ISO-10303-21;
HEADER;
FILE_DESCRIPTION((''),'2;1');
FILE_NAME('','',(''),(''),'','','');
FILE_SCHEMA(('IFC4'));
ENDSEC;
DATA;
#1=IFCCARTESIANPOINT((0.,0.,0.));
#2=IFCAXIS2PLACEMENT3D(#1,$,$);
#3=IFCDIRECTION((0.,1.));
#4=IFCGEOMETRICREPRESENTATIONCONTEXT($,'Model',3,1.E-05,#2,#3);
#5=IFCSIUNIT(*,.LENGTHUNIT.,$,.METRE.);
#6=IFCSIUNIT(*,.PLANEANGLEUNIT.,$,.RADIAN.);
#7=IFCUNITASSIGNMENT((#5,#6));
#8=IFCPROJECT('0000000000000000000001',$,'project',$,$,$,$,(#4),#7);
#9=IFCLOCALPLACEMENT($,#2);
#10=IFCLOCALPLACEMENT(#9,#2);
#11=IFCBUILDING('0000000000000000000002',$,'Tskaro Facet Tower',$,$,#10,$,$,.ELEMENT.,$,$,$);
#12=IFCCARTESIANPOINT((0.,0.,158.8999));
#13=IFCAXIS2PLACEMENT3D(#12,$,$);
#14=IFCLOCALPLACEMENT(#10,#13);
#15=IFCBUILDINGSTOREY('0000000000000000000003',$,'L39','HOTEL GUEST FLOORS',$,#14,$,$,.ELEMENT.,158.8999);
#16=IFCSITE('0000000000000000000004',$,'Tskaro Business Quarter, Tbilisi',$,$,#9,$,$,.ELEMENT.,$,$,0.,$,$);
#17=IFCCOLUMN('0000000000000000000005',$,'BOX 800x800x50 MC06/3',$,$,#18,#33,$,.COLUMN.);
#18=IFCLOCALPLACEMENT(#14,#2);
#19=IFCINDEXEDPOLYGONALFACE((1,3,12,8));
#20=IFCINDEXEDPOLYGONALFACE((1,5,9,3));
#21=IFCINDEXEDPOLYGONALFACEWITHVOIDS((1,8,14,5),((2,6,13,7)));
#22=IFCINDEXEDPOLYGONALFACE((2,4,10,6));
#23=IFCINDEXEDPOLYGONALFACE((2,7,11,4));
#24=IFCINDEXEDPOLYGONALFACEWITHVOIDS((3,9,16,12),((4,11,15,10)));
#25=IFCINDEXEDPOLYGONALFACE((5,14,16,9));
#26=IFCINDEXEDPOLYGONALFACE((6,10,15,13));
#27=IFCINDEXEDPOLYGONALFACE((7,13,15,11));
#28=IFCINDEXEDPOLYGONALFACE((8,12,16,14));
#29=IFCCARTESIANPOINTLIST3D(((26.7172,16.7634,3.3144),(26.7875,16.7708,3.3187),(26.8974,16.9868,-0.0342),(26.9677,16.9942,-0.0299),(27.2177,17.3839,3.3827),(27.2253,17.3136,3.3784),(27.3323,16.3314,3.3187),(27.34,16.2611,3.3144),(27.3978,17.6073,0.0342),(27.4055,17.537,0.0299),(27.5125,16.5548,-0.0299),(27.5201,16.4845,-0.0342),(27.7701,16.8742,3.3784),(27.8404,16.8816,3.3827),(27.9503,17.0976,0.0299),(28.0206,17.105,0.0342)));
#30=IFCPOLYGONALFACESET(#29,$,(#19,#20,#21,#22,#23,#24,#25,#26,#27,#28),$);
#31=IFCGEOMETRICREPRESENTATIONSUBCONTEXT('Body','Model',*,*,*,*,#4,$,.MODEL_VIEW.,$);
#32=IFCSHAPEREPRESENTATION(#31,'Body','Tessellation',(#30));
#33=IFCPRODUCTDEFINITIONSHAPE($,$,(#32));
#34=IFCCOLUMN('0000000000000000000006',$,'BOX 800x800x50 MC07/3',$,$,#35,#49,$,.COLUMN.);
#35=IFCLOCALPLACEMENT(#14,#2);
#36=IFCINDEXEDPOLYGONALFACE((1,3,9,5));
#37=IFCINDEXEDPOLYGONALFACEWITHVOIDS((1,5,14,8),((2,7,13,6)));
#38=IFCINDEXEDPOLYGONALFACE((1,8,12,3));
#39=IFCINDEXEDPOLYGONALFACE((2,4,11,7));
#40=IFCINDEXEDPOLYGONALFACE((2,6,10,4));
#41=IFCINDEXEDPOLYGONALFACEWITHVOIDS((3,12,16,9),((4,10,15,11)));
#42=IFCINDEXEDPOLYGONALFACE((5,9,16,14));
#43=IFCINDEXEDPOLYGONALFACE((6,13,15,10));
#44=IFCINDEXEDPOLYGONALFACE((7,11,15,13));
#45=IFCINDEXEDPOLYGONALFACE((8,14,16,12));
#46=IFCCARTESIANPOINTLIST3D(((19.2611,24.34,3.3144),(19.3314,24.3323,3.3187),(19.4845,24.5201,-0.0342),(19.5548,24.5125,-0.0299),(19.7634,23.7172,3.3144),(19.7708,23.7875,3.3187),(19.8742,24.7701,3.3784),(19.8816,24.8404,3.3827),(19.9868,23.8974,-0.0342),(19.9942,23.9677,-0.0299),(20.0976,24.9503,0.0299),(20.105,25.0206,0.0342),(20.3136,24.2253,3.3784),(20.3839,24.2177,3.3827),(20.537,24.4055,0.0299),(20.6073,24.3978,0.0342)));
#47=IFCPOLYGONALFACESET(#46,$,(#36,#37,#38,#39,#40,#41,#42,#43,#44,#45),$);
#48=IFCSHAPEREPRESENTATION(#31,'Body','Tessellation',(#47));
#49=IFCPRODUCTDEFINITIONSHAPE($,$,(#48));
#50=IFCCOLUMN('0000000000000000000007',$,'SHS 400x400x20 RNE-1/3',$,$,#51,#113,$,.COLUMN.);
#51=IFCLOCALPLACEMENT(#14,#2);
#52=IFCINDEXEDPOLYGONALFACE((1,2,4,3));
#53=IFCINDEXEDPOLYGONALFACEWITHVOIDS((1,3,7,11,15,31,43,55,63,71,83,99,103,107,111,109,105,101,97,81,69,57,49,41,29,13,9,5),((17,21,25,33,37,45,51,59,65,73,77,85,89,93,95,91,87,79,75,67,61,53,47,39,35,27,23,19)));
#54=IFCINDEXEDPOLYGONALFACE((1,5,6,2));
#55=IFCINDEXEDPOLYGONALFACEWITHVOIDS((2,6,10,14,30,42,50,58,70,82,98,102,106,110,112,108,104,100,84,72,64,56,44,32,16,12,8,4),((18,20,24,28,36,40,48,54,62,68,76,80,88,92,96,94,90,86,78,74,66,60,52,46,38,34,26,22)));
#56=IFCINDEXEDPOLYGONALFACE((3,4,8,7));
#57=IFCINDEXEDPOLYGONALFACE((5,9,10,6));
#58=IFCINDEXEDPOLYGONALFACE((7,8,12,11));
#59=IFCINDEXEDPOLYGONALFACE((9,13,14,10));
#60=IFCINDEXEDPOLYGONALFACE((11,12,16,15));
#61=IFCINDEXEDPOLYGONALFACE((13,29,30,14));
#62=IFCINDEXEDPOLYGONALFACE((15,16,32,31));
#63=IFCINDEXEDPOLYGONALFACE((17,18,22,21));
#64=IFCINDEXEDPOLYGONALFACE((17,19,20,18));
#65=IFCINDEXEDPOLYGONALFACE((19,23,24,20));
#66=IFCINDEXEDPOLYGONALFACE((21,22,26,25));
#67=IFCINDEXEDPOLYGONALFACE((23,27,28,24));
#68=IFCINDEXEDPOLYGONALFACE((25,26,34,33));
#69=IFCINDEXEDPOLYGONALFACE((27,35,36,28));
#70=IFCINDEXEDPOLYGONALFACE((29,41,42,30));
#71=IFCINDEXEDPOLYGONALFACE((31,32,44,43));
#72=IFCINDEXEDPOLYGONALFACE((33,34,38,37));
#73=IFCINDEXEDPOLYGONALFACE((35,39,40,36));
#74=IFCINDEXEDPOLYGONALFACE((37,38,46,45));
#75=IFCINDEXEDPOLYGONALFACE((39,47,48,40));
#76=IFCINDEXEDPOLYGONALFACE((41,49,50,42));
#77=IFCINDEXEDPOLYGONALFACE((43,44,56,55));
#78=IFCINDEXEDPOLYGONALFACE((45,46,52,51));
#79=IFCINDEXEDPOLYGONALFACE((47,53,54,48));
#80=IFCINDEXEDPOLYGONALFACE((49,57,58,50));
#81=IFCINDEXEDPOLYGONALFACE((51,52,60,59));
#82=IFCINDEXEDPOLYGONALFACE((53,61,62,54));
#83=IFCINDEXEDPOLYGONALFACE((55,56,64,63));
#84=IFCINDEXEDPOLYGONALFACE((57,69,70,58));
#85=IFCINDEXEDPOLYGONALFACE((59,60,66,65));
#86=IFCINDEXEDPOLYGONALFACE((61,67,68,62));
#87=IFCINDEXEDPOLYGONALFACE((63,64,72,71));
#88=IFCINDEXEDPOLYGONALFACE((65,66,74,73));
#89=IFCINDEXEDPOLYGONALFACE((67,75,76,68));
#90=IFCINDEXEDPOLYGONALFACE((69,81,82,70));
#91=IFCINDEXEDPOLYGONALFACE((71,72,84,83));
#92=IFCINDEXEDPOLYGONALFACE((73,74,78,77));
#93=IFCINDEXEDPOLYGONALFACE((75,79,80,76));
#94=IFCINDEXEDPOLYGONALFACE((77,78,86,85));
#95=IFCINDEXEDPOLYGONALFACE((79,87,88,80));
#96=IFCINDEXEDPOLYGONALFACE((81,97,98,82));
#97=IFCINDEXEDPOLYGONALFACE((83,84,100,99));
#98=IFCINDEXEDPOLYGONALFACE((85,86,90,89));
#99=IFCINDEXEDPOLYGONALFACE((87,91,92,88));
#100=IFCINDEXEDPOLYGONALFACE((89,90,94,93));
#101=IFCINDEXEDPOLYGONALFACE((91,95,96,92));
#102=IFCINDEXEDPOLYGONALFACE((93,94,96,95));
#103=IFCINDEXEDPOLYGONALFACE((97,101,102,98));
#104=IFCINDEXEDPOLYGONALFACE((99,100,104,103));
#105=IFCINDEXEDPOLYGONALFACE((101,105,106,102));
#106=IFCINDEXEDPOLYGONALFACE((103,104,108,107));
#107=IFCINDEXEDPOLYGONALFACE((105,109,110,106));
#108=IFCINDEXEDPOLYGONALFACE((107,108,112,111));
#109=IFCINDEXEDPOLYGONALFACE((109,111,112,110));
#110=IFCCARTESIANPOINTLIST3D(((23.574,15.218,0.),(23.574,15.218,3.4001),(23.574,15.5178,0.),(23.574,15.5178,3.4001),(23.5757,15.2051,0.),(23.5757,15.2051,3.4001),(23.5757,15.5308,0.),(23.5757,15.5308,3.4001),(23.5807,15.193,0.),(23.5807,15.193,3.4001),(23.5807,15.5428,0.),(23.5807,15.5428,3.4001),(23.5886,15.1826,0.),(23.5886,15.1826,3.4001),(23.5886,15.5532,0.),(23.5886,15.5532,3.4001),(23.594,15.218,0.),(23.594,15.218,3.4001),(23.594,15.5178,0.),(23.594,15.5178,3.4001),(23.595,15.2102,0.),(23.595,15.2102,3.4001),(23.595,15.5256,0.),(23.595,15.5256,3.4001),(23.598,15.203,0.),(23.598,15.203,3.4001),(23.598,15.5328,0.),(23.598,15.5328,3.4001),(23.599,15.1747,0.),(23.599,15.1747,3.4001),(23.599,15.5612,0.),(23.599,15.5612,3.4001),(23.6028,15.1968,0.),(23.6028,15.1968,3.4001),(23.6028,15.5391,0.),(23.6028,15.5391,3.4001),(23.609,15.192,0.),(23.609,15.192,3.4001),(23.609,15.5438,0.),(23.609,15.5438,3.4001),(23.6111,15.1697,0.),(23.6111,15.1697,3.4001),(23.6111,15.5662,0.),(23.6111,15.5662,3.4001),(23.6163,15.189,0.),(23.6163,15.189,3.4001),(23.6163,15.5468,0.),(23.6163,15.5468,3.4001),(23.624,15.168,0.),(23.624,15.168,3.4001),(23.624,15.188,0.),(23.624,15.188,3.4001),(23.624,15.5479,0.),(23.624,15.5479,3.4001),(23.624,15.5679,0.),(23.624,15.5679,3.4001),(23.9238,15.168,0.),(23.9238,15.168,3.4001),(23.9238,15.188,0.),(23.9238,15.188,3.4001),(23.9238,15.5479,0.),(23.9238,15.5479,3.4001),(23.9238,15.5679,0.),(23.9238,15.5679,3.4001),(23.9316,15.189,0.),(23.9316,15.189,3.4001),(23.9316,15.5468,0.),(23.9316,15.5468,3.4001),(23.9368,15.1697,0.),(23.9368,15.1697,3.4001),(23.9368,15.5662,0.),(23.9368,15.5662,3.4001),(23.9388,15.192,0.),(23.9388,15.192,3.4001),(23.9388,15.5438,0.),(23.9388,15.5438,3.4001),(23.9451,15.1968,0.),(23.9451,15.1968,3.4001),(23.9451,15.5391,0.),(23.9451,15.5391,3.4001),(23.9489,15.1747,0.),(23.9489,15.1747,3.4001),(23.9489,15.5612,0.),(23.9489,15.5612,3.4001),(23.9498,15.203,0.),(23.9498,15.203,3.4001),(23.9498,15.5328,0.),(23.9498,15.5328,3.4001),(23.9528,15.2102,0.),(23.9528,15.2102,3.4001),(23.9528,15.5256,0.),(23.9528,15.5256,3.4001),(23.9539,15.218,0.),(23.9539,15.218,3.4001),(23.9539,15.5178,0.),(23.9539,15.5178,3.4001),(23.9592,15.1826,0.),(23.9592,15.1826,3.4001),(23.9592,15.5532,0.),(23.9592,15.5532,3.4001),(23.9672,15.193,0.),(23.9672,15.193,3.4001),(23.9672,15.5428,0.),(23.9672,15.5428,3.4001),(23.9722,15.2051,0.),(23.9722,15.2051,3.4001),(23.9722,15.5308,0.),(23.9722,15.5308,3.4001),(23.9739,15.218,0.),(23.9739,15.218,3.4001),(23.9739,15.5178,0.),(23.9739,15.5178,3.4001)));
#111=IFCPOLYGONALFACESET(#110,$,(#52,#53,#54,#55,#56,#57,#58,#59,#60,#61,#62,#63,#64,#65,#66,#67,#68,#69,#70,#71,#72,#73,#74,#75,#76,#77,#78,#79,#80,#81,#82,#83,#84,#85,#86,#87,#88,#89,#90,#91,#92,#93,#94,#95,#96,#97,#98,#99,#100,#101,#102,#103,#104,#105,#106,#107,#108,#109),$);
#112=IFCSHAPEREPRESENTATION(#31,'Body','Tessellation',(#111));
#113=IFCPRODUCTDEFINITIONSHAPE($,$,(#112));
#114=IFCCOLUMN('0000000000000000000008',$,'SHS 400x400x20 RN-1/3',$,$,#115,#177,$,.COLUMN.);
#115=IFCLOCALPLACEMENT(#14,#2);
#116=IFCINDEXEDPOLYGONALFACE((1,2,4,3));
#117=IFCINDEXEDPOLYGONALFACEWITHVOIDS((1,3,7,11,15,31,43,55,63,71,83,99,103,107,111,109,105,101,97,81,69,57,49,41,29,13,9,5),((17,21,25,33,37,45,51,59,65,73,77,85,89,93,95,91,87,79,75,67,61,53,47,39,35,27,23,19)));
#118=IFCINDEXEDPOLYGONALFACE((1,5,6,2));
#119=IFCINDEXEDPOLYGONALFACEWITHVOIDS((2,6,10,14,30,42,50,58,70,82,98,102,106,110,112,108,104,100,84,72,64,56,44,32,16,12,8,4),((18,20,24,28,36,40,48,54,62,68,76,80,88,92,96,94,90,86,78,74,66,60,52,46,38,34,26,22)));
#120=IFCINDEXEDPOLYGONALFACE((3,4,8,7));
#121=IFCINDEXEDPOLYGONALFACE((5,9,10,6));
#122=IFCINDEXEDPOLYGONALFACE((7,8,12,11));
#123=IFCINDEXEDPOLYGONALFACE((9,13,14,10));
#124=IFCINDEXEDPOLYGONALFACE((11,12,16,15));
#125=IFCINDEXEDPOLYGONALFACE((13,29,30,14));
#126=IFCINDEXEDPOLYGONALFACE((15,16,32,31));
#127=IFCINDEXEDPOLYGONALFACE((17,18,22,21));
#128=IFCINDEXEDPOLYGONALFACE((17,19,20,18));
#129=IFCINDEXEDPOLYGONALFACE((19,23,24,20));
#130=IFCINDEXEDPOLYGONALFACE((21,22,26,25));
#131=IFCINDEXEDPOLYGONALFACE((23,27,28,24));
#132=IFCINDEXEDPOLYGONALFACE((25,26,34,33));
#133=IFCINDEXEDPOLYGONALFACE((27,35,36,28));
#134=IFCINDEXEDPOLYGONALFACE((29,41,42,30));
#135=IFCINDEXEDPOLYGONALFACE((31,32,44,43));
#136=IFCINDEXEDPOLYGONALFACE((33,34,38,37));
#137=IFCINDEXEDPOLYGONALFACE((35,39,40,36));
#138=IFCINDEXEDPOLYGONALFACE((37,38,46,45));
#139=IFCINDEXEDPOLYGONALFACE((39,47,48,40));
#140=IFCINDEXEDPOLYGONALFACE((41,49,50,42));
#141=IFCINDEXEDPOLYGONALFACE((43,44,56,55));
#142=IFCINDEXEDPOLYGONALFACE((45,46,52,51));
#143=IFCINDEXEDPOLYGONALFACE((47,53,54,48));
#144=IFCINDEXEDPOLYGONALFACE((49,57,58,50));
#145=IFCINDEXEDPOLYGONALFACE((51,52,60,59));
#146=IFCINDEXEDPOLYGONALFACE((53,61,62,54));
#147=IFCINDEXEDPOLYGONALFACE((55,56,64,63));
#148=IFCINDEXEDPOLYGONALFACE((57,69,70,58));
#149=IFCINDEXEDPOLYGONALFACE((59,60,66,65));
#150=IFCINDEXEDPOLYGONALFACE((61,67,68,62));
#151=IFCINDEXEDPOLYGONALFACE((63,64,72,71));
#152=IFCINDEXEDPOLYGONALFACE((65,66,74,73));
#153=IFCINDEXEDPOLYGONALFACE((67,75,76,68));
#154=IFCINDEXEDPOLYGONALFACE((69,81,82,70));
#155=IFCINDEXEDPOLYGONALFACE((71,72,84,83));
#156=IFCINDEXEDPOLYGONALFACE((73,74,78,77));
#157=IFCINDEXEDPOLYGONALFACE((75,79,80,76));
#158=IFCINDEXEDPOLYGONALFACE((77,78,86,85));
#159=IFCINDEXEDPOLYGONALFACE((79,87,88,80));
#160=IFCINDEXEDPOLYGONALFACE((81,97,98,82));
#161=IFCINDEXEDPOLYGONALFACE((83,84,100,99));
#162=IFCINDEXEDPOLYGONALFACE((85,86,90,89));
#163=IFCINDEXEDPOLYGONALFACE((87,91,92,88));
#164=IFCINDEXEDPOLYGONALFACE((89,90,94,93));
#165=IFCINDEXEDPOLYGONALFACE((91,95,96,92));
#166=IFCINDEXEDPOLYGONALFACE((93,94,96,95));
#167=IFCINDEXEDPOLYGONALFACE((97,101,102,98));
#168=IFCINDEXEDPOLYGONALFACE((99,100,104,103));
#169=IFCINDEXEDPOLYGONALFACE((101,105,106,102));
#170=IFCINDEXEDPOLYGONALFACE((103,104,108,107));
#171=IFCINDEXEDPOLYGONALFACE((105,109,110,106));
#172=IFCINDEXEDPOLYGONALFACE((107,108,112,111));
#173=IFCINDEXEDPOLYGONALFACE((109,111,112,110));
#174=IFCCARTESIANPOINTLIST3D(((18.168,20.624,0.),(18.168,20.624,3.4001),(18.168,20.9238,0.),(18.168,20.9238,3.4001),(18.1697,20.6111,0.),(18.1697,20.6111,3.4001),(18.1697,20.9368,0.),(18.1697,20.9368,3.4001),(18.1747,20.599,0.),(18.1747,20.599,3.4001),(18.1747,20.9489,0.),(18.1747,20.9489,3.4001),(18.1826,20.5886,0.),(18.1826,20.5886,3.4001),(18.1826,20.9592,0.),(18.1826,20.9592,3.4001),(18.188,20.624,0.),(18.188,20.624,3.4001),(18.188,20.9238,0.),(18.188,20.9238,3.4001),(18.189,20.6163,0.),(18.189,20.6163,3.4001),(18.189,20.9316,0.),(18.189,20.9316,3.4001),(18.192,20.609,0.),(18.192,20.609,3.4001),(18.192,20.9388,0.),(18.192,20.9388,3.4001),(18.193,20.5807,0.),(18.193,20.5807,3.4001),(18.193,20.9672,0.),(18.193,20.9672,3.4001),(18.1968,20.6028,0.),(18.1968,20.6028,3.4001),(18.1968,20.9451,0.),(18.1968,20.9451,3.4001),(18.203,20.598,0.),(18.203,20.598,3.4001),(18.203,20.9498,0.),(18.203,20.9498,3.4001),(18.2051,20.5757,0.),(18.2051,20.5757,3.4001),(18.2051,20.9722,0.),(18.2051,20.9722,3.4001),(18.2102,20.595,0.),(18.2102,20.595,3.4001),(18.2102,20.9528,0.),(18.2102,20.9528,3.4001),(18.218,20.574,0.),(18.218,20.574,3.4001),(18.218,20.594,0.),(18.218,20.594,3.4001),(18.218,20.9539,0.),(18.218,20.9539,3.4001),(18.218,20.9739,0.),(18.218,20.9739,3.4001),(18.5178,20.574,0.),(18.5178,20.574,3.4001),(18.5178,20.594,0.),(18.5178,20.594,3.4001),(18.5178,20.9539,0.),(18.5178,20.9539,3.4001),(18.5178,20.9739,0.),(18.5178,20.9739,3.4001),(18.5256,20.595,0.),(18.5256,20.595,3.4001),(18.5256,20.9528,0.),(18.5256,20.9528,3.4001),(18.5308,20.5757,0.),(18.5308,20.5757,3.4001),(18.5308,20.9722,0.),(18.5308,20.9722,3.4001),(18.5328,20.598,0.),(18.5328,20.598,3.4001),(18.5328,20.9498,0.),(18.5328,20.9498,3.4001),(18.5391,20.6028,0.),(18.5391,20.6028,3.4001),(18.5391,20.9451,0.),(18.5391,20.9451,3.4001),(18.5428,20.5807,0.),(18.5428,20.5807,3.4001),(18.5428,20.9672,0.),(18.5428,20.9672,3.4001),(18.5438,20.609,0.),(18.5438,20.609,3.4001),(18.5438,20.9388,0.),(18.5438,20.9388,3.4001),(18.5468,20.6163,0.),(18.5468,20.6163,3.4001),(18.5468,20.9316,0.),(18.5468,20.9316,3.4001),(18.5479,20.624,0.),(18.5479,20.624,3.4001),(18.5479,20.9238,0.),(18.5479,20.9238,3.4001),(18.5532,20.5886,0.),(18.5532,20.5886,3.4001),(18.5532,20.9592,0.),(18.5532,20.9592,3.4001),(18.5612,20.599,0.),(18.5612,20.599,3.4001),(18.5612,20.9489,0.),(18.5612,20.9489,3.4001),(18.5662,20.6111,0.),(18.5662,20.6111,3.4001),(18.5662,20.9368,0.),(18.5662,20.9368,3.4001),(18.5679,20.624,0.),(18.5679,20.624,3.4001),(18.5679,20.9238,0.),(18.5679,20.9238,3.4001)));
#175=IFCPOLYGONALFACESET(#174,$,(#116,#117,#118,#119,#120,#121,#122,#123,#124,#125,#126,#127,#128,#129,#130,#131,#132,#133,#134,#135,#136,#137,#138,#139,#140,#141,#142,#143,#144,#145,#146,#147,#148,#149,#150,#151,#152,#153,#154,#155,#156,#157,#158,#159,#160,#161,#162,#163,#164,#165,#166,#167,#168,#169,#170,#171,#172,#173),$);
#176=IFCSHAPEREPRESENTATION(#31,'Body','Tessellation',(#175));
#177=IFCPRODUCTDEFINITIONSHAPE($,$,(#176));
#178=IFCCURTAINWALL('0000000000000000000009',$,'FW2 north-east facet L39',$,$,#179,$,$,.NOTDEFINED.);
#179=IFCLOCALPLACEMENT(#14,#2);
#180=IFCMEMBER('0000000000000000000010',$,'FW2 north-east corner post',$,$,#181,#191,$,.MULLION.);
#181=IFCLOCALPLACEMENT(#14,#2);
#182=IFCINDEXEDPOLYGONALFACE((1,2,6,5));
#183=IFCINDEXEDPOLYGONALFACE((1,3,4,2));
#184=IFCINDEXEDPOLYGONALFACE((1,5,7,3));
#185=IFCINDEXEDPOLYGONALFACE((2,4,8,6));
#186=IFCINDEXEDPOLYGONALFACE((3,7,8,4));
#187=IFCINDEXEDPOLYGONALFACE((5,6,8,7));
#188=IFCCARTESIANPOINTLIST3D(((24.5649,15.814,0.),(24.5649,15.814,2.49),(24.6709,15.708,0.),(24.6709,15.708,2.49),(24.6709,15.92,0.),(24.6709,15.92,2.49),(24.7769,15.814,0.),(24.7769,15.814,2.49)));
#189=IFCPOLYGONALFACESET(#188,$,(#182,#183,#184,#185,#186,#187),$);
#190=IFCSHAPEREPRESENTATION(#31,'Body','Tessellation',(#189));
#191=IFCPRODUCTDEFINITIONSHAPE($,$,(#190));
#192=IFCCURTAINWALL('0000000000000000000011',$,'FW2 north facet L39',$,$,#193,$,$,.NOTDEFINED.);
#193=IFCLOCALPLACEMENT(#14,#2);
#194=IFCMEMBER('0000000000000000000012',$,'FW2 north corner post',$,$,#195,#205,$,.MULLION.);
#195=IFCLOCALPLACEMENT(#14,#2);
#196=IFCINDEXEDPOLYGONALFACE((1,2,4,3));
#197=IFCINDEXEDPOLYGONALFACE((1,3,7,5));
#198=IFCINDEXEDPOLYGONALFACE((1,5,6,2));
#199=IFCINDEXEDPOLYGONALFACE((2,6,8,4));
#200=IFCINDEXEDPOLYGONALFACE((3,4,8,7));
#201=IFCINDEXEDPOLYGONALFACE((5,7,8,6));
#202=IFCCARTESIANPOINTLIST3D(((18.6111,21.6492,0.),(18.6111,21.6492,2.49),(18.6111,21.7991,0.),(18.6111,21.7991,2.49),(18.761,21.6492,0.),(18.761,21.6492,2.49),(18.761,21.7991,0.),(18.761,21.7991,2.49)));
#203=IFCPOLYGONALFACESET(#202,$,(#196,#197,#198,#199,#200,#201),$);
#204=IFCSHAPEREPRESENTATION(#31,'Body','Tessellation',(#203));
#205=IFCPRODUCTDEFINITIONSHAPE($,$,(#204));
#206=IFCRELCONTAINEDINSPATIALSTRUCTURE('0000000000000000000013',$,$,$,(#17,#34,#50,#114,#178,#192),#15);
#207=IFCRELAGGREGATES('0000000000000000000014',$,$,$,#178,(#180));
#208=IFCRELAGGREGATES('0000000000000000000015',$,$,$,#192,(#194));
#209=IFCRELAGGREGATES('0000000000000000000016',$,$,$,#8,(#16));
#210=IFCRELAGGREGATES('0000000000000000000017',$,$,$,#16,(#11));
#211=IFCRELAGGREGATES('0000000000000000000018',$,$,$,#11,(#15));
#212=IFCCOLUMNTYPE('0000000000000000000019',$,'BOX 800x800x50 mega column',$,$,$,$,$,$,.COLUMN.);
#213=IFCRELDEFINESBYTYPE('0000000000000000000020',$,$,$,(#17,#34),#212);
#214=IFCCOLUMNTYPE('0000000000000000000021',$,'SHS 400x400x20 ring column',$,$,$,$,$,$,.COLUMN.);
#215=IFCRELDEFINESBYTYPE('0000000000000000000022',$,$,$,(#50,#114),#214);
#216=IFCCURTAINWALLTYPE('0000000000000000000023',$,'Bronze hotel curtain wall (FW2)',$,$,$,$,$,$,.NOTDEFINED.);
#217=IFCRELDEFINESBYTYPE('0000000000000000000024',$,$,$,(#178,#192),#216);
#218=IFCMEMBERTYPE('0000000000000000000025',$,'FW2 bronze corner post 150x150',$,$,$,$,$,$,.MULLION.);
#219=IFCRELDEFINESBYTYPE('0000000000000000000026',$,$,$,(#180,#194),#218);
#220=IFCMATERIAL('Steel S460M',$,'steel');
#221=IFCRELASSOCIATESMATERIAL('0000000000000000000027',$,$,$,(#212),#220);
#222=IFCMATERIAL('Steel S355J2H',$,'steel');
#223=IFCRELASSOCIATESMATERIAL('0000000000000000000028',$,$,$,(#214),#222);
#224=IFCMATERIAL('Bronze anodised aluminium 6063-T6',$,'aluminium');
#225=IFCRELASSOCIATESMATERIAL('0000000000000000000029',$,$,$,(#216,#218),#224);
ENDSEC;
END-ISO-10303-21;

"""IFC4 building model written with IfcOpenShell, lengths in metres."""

from ifc_helpers import new_model, si_unit, direction, frame, origin, origin_2d, place, context, subcontext, project, spatial, rectangle, hollow_rectangle, extrude, material, material_profile, profile_set, type_object, element, aggregate, save


model = new_model("IFC4")

# Units and contexts
model_context = context("Model", 3, precision=1e-05, world=origin(), true_north=direction((0.0, 1.0)))
body_context = subcontext(model_context, "Body", "Model", "MODEL_VIEW")
ifc_project = project(units=[si_unit("LENGTHUNIT", "METRE"), si_unit("PLANEANGLEUNIT", "RADIAN")], contexts=[model_context])

# Site, building, storey
site_placement = place(None, origin())
site = spatial("IfcSite", under=ifc_project, at=site_placement, Name="Tskaro Business Quarter, Tbilisi", CompositionType="ELEMENT", RefElevation=0.0)
building_placement = place(site_placement, origin())
building = spatial("IfcBuilding", under=site, at=building_placement, Name="Tskaro Facet Tower", CompositionType="ELEMENT")
storey_placement = place(building_placement, frame((0.0, 0.0, 158.8999)))
storey = spatial("IfcBuildingStorey", under=building, at=storey_placement, Name="L39", Description="HOTEL GUEST FLOORS", CompositionType="ELEMENT", Elevation=158.8999)

# Columns
ifc_material_1 = material(Name="Steel S460M", Category="steel")
ifc_material_profile_1 = material_profile(ifc_material_1, hollow_rectangle(XDim=0.8, YDim=0.8, WallThickness=0.05, at=origin_2d()), Name="BOX 800x800x50")
ifc_profile_set_1 = profile_set([ifc_material_profile_1], Name="Steel S460M")
column_type_1 = type_object("IfcColumnType", Name="BOX 800x800x50 mega column", PredefinedType="COLUMN", material=ifc_profile_set_1)
for number, where, z_axis, x_axis, name in (
    (1, (27.459, 17.0459, 0.0), (-0.053609, -0.066467, 0.996347), (0.778373, -0.627802, 0.0), "BOX 800x800x50 MC06/3"),
    (2, (20.0459, 24.459, 0.0), (-0.066467, -0.053609, 0.996347), (0.627802, -0.778373, 0.0), "BOX 800x800x50 MC07/3"),
):
    element("IfcColumn", number, at=place(storey_placement, frame(where, z_axis=z_axis, x_axis=x_axis)), inside=storey, type_object=column_type_1, Name=name, PredefinedType="COLUMN", context=body_context, shape_type="SweptSolid", body=[
        extrude(hollow_rectangle(XDim=0.8, YDim=0.8, WallThickness=0.05, at=origin_2d()), origin(), (0.0, 0.0, 1.0), 3.3608),
    ])
ifc_material_2 = material(Name="Steel S355J2H", Category="steel")
ifc_material_profile_2 = material_profile(ifc_material_2, hollow_rectangle(XDim=0.3999, YDim=0.3999, WallThickness=0.02, InnerFilletRadius=0.03, OuterFilletRadius=0.05, at=origin_2d()), Name="SHS 400x400x20")
ifc_profile_set_2 = profile_set([ifc_material_profile_2], Name="Steel S355J2H")
column_type_2 = type_object("IfcColumnType", Name="SHS 400x400x20 ring column", PredefinedType="COLUMN", material=ifc_profile_set_2)
for number, where, z_axis, x_axis, name in (
    (3, (23.7739, 15.3679, 0.0), (0.0, 0.0, 1.0), (1.0, 0.0, 0.0), "SHS 400x400x20 RNE-1/3"),
    (4, (18.3679, 20.7739, 0.0), (0.0, 0.0, 1.0), (1.0, 0.0, 0.0), "SHS 400x400x20 RN-1/3"),
):
    element("IfcColumn", number, at=place(storey_placement, frame(where, z_axis=z_axis, x_axis=x_axis)), inside=storey, type_object=column_type_2, Name=name, PredefinedType="COLUMN", context=body_context, shape_type="SweptSolid", body=[
        extrude(hollow_rectangle(XDim=0.3999, YDim=0.3999, WallThickness=0.02, InnerFilletRadius=0.03, OuterFilletRadius=0.05, at=origin_2d()), origin(), (0.0, 0.0, 1.0), 3.4001),
    ])

# Curtain walls, members
ifc_material_3 = material(Name="Bronze anodised aluminium 6063-T6", Category="aluminium")
curtain_wall_type = type_object("IfcCurtainWallType", Name="Bronze hotel curtain wall (FW2)", PredefinedType="NOTDEFINED", material=ifc_material_3)
curtain_wall_1_placement = place(storey_placement, origin())
curtain_wall_1 = element("IfcCurtainWall", 5, at=curtain_wall_1_placement, inside=storey, type_object=curtain_wall_type, Name="FW2 north-east facet L39", PredefinedType="NOTDEFINED")
ifc_material_profile_3 = material_profile(ifc_material_3, rectangle(XDim=0.1499, YDim=0.1499, at=origin_2d()), Name="Corner post 150x150")
ifc_profile_set_3 = profile_set([ifc_material_profile_3], Name="Bronze anodised aluminium 6063-T6")
member_type_1 = type_object("IfcMemberType", Name="FW2 bronze corner post 150x150", PredefinedType="MULLION", material=ifc_profile_set_3)
member_1_placement = place(storey_placement, frame((24.6709, 15.814, 0.0), z_axis=(0.0, 0.0, 1.0), x_axis=(-0.707107, 0.707107, 0.0)))
member_1 = element("IfcMember", 6, at=member_1_placement, type_object=member_type_1, Name="FW2 north-east corner post", PredefinedType="MULLION", context=body_context, shape_type="SweptSolid", body=[
    extrude(rectangle(XDim=0.1499, YDim=0.1499, at=origin_2d()), origin(), (0.0, 0.0, 1.0), 2.49),
])
curtain_wall_2_placement = place(storey_placement, origin())
curtain_wall_2 = element("IfcCurtainWall", 7, at=curtain_wall_2_placement, inside=storey, type_object=curtain_wall_type, Name="FW2 north facet L39", PredefinedType="NOTDEFINED")
member_2_placement = place(storey_placement, frame((18.686, 21.7241, 0.0), z_axis=(0.0, 0.0, 1.0), x_axis=(-1.0, 0.0, 0.0)))
member_2 = element("IfcMember", 8, at=member_2_placement, type_object=member_type_1, Name="FW2 north corner post", PredefinedType="MULLION", context=body_context, shape_type="SweptSolid", body=[
    extrude(rectangle(XDim=0.1499, YDim=0.1499, at=origin_2d()), origin(), (0.0, 0.0, 1.0), 2.49),
])

aggregate(curtain_wall_1, [member_1])
aggregate(curtain_wall_2, [member_2])

save(model, "model.ifc")
